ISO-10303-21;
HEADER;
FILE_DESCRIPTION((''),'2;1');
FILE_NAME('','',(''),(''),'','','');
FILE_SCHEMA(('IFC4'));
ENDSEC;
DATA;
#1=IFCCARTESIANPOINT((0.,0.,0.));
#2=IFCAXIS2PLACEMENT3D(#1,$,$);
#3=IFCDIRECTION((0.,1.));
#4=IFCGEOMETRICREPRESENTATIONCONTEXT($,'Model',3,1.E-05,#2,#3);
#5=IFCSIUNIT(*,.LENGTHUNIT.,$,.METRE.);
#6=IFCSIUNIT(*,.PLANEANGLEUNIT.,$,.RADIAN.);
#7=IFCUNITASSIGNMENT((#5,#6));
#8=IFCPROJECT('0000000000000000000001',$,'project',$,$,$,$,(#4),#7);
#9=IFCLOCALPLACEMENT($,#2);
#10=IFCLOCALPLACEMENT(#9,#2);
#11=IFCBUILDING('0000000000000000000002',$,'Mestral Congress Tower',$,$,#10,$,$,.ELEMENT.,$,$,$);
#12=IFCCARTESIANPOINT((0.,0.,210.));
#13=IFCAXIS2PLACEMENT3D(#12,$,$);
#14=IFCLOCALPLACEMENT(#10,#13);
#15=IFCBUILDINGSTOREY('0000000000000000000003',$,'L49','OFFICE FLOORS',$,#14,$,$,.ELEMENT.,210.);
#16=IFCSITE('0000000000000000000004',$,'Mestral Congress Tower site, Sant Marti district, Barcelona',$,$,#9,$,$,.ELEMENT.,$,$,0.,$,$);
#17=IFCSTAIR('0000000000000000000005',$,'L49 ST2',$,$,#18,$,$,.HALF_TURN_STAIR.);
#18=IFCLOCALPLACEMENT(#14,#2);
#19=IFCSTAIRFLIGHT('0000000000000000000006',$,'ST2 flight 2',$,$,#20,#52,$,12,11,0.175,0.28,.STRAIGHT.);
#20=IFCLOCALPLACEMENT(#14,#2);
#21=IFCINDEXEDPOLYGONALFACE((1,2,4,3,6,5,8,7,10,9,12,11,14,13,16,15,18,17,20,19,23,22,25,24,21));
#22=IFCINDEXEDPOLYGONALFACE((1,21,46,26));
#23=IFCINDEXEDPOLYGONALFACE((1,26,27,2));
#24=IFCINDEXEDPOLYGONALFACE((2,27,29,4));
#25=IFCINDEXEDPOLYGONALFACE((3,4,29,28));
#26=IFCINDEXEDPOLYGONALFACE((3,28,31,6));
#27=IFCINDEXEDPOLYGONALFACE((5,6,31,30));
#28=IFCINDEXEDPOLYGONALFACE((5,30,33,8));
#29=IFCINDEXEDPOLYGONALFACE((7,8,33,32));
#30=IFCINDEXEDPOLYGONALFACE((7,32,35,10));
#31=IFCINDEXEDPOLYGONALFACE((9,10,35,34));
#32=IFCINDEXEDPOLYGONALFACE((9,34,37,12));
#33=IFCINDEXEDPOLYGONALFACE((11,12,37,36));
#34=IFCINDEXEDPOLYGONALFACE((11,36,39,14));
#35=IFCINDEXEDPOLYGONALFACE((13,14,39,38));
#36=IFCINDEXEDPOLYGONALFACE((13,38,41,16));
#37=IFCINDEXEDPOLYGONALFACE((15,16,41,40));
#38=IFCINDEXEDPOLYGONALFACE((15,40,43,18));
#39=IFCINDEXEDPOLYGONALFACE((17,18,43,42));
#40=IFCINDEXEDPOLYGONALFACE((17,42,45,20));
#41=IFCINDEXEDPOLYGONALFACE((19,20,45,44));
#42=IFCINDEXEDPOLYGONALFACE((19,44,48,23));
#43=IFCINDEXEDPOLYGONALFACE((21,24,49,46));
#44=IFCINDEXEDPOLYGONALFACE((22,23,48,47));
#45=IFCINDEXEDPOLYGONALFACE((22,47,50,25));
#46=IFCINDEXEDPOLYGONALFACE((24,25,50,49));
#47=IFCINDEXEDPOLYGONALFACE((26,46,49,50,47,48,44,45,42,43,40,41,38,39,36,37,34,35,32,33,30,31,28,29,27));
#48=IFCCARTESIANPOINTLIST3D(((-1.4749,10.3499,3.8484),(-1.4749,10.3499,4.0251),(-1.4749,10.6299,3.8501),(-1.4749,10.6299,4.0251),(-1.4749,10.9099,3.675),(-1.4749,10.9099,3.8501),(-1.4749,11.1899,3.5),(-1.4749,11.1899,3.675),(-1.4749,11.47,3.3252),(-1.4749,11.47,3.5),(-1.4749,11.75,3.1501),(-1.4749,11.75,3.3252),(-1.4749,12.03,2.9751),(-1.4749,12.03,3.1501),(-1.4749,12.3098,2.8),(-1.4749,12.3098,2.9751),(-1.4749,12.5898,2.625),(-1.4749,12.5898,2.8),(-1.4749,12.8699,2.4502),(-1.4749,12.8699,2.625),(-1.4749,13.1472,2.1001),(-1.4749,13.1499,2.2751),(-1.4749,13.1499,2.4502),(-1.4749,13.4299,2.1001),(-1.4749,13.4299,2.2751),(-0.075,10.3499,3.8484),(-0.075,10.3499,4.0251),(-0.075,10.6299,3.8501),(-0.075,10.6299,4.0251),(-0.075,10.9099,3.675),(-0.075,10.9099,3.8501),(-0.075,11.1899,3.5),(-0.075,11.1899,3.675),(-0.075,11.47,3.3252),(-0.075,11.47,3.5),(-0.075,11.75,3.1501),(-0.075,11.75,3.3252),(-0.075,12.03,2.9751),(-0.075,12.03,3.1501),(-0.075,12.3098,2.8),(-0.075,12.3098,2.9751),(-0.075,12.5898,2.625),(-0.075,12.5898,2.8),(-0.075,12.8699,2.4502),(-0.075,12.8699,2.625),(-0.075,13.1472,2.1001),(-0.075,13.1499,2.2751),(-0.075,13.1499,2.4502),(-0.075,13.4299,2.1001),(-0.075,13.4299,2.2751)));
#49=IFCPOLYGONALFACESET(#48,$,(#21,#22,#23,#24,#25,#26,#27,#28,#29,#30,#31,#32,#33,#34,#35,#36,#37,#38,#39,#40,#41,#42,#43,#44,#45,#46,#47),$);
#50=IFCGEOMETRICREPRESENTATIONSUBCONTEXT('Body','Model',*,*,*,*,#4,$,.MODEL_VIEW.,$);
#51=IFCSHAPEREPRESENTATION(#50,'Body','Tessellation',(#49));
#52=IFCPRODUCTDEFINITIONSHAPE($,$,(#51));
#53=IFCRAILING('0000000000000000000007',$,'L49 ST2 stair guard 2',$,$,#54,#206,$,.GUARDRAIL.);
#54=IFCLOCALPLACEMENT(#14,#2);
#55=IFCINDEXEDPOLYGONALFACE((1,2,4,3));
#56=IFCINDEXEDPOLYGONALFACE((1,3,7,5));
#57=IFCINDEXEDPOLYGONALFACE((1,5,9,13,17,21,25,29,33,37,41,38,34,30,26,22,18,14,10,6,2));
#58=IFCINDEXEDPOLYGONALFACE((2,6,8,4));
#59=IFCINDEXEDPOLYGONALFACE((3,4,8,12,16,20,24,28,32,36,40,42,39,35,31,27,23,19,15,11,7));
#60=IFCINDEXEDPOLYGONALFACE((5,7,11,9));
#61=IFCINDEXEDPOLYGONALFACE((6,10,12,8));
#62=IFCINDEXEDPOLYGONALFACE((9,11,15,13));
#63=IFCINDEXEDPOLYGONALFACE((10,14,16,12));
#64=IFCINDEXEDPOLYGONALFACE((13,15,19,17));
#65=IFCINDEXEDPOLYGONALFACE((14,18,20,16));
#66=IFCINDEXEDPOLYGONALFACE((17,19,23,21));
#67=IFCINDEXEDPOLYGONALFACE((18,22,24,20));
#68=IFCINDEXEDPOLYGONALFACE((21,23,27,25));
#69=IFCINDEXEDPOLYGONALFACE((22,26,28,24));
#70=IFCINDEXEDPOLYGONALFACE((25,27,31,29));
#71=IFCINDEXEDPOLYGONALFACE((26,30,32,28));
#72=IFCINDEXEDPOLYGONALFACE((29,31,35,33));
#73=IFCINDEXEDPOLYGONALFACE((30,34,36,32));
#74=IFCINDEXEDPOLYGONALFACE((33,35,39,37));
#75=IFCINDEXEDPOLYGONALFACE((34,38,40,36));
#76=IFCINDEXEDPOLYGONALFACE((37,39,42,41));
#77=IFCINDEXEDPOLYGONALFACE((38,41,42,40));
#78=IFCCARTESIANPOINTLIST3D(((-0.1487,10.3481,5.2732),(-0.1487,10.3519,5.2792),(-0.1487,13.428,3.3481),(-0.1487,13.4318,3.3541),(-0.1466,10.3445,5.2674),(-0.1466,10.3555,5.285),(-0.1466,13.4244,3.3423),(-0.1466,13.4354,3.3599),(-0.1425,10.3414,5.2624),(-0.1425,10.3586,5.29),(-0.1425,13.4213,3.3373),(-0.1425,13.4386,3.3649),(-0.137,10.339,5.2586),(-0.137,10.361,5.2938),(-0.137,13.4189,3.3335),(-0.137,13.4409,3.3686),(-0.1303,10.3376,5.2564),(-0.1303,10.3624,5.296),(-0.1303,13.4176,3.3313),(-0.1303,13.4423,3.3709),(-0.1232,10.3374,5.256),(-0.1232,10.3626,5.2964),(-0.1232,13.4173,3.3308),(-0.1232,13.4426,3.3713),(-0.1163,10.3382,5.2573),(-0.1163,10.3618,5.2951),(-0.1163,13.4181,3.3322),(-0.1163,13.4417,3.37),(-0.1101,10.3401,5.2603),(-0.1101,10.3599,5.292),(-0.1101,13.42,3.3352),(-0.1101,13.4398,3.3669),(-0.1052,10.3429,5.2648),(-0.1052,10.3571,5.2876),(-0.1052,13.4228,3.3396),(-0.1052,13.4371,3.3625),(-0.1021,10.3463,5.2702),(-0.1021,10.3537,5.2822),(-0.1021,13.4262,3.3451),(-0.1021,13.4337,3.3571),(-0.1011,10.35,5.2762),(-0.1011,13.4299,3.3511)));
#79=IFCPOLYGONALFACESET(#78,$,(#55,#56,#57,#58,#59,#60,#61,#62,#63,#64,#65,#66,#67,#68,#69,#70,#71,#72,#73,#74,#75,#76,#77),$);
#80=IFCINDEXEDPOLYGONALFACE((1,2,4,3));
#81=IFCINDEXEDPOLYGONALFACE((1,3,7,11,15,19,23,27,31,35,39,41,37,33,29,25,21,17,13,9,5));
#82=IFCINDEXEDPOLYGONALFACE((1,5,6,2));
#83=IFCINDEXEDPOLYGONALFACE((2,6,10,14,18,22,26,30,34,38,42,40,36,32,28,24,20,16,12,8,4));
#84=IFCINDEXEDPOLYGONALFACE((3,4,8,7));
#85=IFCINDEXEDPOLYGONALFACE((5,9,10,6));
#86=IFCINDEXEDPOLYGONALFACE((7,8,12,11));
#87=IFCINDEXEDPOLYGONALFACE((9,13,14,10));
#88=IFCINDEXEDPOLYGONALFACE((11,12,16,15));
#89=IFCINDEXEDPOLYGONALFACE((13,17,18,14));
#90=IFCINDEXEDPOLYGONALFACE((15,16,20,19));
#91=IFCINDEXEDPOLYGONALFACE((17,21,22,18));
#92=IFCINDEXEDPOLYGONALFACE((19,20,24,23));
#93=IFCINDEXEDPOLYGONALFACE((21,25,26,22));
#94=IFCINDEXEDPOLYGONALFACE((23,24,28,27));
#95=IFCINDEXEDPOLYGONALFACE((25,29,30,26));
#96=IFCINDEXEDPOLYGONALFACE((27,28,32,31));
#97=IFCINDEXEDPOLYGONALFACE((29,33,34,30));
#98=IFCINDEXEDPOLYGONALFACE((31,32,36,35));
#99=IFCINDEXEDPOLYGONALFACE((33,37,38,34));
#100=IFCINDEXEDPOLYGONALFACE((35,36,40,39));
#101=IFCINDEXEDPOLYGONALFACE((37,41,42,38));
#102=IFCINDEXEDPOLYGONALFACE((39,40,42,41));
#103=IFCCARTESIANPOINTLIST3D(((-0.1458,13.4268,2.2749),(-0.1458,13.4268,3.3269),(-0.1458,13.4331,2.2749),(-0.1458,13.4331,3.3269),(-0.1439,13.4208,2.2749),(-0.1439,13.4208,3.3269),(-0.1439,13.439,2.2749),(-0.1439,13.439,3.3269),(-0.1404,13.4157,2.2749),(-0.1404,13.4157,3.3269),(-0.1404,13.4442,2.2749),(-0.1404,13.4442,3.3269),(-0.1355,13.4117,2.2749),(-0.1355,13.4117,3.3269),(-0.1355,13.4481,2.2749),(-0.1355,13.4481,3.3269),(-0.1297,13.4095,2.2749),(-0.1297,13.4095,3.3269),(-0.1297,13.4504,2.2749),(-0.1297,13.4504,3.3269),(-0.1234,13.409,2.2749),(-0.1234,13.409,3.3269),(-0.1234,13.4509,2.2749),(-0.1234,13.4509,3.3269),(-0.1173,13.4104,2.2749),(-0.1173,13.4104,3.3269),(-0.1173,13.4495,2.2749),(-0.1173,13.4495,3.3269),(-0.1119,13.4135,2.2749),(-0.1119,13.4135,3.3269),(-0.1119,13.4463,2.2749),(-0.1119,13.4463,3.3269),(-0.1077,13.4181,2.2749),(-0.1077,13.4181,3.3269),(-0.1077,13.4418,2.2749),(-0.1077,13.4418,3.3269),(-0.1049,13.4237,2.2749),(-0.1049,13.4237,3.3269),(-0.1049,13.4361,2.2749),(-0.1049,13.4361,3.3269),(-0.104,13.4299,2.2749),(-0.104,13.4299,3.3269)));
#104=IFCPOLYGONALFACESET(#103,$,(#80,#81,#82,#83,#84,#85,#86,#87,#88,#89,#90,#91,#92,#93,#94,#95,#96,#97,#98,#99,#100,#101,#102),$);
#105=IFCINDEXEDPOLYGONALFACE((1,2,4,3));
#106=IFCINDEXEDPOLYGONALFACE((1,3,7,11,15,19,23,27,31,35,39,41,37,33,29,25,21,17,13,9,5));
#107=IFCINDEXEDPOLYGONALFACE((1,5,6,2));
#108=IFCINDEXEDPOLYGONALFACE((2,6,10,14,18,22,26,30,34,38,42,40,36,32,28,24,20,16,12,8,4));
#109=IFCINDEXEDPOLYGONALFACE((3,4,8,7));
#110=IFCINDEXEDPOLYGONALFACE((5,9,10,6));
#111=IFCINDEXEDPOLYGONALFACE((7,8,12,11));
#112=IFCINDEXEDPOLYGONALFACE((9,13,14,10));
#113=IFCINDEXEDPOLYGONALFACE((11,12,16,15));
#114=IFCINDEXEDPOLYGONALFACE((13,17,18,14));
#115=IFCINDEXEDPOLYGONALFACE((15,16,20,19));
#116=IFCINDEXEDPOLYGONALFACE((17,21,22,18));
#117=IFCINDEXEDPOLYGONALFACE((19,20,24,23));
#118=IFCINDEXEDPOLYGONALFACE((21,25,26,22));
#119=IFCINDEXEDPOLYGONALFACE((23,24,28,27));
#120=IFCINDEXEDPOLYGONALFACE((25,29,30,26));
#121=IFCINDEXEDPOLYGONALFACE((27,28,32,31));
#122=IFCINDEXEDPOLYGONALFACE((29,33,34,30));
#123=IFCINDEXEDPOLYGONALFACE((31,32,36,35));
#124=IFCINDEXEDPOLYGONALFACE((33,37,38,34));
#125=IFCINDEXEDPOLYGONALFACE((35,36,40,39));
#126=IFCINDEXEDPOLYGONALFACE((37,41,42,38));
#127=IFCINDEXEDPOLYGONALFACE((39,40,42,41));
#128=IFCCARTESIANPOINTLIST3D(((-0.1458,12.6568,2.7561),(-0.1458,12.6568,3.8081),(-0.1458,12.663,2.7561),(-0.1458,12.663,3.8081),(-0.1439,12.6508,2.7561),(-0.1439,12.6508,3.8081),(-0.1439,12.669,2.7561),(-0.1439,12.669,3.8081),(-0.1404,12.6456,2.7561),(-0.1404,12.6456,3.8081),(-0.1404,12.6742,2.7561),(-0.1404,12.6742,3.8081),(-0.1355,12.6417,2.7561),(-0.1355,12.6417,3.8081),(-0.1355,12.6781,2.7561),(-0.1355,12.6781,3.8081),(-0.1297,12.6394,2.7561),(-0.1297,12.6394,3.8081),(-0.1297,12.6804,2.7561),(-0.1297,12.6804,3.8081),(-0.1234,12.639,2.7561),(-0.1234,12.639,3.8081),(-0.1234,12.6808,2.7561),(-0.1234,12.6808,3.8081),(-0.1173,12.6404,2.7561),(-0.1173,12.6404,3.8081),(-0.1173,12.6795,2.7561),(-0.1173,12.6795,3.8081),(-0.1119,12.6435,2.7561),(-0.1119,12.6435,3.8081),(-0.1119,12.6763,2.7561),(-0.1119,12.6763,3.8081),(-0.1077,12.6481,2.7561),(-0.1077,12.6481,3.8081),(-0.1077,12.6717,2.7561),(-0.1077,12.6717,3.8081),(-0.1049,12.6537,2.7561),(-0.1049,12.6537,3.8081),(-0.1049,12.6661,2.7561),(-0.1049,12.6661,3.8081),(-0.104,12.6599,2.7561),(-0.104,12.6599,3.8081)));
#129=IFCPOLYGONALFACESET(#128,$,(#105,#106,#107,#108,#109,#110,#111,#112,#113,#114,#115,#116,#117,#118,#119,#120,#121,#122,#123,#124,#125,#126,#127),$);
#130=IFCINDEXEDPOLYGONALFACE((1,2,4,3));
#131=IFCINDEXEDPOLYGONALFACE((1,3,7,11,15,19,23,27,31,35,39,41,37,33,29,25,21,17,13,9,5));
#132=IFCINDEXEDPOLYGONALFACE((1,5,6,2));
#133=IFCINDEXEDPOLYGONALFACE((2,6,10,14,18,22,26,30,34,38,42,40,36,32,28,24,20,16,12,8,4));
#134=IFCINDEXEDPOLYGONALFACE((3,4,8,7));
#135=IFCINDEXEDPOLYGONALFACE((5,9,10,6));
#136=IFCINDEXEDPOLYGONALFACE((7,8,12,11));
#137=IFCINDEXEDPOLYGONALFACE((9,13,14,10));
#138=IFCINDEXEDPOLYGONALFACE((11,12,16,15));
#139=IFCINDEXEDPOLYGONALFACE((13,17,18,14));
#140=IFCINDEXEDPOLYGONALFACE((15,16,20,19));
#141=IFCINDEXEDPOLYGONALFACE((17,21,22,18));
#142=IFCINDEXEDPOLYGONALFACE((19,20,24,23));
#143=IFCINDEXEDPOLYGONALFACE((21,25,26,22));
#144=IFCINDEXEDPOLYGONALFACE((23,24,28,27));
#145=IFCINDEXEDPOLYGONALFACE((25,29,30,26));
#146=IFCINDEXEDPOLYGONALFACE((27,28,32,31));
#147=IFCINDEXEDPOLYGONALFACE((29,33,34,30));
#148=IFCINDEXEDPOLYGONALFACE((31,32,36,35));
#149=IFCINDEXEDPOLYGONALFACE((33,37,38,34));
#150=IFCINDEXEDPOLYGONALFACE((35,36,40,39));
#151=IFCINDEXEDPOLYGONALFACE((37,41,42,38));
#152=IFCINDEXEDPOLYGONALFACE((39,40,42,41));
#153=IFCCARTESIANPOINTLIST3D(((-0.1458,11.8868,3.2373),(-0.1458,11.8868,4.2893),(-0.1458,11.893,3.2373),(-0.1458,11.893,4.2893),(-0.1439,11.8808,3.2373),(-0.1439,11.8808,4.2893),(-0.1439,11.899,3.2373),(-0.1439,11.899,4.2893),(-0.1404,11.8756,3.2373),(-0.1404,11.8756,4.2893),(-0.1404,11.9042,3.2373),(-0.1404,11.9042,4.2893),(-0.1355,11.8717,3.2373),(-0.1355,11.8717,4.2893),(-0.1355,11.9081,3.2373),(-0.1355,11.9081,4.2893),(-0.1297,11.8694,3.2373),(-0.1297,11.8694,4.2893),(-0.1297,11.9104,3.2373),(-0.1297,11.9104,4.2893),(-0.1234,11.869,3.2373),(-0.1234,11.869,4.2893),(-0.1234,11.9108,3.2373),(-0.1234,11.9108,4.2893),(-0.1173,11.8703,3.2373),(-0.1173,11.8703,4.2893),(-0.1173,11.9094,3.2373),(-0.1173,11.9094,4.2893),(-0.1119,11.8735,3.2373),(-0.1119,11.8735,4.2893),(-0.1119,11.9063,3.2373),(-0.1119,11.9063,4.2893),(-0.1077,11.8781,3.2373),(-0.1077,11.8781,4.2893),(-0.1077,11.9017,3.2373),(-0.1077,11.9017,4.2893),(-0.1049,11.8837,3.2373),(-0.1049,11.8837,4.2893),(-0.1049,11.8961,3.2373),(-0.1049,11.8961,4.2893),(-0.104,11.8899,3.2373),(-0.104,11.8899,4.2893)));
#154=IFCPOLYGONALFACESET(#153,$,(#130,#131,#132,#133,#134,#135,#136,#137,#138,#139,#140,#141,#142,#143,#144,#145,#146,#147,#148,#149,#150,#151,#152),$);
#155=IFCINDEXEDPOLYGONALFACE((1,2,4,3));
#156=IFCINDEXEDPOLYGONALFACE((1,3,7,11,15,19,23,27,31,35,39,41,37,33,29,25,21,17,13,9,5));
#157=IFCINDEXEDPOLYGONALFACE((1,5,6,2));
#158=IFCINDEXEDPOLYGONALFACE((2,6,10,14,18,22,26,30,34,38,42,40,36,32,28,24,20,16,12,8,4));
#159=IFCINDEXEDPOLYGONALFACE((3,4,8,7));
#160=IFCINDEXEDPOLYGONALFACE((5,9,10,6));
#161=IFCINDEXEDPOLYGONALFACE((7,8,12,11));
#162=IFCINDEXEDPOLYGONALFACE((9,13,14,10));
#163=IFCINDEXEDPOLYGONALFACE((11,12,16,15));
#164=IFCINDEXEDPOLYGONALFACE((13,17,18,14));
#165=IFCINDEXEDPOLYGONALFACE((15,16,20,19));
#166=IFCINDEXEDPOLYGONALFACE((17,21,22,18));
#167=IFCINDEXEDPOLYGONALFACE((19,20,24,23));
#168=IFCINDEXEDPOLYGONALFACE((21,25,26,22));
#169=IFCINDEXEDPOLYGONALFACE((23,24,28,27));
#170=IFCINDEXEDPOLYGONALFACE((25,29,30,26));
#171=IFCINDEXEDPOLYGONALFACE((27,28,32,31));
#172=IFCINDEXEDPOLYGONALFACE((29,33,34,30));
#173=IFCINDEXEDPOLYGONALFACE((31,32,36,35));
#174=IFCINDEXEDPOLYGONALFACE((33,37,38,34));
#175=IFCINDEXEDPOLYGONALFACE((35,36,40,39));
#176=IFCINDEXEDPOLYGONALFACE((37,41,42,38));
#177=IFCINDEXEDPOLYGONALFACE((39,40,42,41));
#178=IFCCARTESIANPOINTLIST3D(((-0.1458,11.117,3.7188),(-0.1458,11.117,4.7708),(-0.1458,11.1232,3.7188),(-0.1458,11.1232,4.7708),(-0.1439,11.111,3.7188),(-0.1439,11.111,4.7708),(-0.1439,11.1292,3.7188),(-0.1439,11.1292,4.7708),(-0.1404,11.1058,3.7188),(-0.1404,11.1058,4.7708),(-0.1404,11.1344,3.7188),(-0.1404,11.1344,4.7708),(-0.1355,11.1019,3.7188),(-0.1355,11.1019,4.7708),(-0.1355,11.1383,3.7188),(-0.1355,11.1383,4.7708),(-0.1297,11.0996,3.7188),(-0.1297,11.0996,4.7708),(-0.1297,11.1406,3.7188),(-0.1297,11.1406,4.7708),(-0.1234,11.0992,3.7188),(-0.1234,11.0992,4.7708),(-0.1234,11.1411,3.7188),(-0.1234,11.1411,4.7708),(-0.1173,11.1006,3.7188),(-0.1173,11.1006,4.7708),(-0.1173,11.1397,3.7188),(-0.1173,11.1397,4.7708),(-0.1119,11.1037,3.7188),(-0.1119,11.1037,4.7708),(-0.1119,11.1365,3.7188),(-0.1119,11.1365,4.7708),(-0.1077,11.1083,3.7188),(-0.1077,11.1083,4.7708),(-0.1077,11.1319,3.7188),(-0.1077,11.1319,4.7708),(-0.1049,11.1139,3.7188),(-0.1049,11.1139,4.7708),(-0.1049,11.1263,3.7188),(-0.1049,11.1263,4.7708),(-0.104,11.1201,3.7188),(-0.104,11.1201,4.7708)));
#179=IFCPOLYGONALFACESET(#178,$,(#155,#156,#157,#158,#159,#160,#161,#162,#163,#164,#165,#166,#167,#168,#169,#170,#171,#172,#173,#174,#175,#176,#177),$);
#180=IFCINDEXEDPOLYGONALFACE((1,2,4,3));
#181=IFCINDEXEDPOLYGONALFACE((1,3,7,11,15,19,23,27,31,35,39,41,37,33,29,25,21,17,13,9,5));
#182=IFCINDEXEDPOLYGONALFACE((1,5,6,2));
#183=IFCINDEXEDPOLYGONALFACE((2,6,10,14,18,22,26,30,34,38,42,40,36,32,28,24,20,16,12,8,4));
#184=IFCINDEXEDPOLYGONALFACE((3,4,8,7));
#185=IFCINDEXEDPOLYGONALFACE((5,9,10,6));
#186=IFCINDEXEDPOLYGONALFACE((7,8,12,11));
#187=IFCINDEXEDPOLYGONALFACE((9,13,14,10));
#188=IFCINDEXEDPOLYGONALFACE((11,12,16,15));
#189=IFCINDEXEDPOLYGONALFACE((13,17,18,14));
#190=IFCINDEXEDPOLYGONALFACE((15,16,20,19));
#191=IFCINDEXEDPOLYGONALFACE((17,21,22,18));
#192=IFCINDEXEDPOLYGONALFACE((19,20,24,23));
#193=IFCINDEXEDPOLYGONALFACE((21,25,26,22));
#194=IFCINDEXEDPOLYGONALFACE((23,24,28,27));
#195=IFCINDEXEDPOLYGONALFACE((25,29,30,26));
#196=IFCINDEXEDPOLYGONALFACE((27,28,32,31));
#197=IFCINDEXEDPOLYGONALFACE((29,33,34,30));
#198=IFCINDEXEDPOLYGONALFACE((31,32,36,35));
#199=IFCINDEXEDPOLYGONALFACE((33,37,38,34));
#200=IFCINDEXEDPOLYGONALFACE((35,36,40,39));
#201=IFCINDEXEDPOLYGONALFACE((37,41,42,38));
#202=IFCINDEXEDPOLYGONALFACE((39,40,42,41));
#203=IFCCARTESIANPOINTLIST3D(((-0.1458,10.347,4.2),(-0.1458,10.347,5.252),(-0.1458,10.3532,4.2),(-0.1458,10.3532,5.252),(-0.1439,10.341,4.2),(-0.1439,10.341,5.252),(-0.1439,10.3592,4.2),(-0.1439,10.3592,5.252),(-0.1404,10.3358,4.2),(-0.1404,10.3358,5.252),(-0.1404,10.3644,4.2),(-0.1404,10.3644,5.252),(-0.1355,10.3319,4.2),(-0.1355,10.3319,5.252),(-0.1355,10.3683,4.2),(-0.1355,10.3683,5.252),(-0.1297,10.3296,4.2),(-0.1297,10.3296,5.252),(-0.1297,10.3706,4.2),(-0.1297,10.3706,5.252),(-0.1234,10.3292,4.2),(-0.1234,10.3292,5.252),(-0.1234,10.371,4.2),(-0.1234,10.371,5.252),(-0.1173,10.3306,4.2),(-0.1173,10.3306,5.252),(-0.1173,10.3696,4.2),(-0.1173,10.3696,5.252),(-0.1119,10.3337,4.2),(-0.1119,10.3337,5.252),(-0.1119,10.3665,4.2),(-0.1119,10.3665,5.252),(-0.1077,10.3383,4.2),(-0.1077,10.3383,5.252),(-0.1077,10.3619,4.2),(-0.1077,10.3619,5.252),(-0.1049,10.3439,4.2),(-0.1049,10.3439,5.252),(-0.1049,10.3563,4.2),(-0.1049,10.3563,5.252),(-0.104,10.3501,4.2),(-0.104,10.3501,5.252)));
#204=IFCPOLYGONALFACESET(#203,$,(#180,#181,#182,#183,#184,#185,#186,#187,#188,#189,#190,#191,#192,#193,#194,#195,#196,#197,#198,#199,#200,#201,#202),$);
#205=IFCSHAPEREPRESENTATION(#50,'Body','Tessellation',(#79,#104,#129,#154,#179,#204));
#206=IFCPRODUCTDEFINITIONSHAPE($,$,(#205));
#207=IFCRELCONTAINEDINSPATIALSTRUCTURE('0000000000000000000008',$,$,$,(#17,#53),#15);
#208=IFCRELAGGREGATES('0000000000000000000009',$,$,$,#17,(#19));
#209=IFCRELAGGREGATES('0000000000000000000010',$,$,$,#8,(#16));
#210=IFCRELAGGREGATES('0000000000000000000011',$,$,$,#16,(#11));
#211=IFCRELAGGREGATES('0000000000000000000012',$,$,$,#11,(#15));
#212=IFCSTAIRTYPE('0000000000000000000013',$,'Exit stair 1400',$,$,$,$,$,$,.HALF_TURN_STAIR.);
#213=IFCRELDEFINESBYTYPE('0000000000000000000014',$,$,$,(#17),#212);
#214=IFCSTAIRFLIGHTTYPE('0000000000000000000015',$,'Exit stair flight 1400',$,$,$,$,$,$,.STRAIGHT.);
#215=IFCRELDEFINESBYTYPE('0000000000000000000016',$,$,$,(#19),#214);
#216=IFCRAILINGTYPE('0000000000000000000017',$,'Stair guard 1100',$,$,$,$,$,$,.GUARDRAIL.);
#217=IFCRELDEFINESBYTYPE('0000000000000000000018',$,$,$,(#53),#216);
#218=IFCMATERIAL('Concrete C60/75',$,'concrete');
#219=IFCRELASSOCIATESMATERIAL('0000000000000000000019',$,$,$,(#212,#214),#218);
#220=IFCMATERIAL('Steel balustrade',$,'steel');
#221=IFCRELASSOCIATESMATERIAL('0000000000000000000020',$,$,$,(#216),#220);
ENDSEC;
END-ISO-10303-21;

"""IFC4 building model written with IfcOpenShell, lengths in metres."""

from ifc_helpers import new_model, si_unit, direction, frame, origin, origin_2d, place, context, subcontext, project, spatial, polyline, circle, outline, extrude, material, type_object, element, aggregate, save


model = new_model("IFC4")

# Units and contexts
model_context = context("Model", 3, precision=1e-05, world=origin(), true_north=direction((0.0, 1.0)))
body_context = subcontext(model_context, "Body", "Model", "MODEL_VIEW")
ifc_project = project(units=[si_unit("LENGTHUNIT", "METRE"), si_unit("PLANEANGLEUNIT", "RADIAN")], contexts=[model_context])

# Site, building, storey
site_placement = place(None, origin())
site = spatial("IfcSite", under=ifc_project, at=site_placement, Name="Mestral Congress Tower site, Sant Marti district, Barcelona", CompositionType="ELEMENT", RefElevation=0.0)
building_placement = place(site_placement, origin())
building = spatial("IfcBuilding", under=site, at=building_placement, Name="Mestral Congress Tower", CompositionType="ELEMENT")
storey_placement = place(building_placement, frame((0.0, 0.0, 210.0)))
storey = spatial("IfcBuildingStorey", under=building, at=storey_placement, Name="L49", Description="OFFICE FLOORS", CompositionType="ELEMENT", Elevation=210.0)

# Shared definitions
ifc_material_1 = material(Name="Concrete C60/75", Category="concrete")

# Stair, stair flight
stair_type = type_object("IfcStairType", Name="Exit stair 1400", PredefinedType="HALF_TURN_STAIR", material=ifc_material_1)
stair_placement = place(storey_placement, origin())
stair = element("IfcStair", 1, at=stair_placement, inside=storey, type_object=stair_type, Name="L49 ST2", PredefinedType="HALF_TURN_STAIR")
stair_flight_type = type_object("IfcStairFlightType", Name="Exit stair flight 1400", PredefinedType="STRAIGHT", material=ifc_material_1)
stair_flight_placement = place(storey_placement, frame((-0.7749, 13.4299, 2.1001), z_axis=(0.0, 0.0, 1.0), x_axis=(0.0, -1.0, 0.0)))
stair_flight = element("IfcStairFlight", 2, at=stair_flight_placement, type_object=stair_flight_type, Name="ST2 flight 2", NumberOfRisers=12, NumberOfTreads=11, PredefinedType="STRAIGHT", RiserHeight=0.175, TreadLength=0.28, context=body_context, shape_type="SweptSolid", body=[
    extrude(outline(polyline([(0.0, 0.0), (0.0, 0.175), (0.28, 0.175), (0.28, 0.3501), (0.5601, 0.3501), (0.5601, 0.5249), (0.8401, 0.5249), (0.8401, 0.7), (1.1201, 0.7), (1.1201, 0.875), (1.3999, 0.875), (1.3999, 1.05), (1.6799, 1.05), (1.6799, 1.2251), (1.96, 1.2251), (1.96, 1.3999), (2.24, 1.3999), (2.24, 1.575), (2.52, 1.575), (2.52, 1.75), (2.8, 1.75), (2.8, 1.925), (3.0801, 1.925), (3.0801, 2.1001), (3.0801, 1.7483), (0.2827, 0.0), (0.0, 0.0)])), frame((0.0, 0.7, 0.0), z_axis=(0.0, -1.0, 0.0), x_axis=(1.0, 0.0, 0.0)), (0.0, 0.0, 1.0), 1.3999),
])
aggregate(stair, [stair_flight])

# Railing
ifc_material_2 = material(Name="Steel balustrade", Category="steel")
railing_type = type_object("IfcRailingType", Name="Stair guard 1100", PredefinedType="GUARDRAIL", material=ifc_material_2)
railing_placement = place(storey_placement, frame((-0.125, 13.4299, 2.2749)))
element("IfcRailing", 3, at=railing_placement, inside=storey, type_object=railing_type, Name="L49 ST2 stair guard 2", PredefinedType="GUARDRAIL", context=body_context, shape_type="SweptSolid", body=[
    extrude(circle(Radius=0.0239, at=origin_2d()), frame((0.0, 0.0, 1.0762), z_axis=(0.0, -0.847979, 0.530029), x_axis=(1.0, 0.0, 0.0)), (0.0, 0.0, 1.0), 3.6321),
    extrude(circle(Radius=0.021, at=origin_2d()), origin(), (0.0, 0.0, 1.0), 1.052),
    extrude(circle(Radius=0.021, at=origin_2d()), frame((0.0, -0.77, 0.4812)), (0.0, 0.0, 1.0), 1.052),
    extrude(circle(Radius=0.021, at=origin_2d()), frame((0.0, -1.54, 0.9624)), (0.0, 0.0, 1.0), 1.052),
    extrude(circle(Radius=0.021, at=origin_2d()), frame((0.0, -2.3098, 1.4438)), (0.0, 0.0, 1.0), 1.052),
    extrude(circle(Radius=0.021, at=origin_2d()), frame((0.0, -3.0798, 1.925)), (0.0, 0.0, 1.0), 1.052),
])

save(model, "model.ifc")
